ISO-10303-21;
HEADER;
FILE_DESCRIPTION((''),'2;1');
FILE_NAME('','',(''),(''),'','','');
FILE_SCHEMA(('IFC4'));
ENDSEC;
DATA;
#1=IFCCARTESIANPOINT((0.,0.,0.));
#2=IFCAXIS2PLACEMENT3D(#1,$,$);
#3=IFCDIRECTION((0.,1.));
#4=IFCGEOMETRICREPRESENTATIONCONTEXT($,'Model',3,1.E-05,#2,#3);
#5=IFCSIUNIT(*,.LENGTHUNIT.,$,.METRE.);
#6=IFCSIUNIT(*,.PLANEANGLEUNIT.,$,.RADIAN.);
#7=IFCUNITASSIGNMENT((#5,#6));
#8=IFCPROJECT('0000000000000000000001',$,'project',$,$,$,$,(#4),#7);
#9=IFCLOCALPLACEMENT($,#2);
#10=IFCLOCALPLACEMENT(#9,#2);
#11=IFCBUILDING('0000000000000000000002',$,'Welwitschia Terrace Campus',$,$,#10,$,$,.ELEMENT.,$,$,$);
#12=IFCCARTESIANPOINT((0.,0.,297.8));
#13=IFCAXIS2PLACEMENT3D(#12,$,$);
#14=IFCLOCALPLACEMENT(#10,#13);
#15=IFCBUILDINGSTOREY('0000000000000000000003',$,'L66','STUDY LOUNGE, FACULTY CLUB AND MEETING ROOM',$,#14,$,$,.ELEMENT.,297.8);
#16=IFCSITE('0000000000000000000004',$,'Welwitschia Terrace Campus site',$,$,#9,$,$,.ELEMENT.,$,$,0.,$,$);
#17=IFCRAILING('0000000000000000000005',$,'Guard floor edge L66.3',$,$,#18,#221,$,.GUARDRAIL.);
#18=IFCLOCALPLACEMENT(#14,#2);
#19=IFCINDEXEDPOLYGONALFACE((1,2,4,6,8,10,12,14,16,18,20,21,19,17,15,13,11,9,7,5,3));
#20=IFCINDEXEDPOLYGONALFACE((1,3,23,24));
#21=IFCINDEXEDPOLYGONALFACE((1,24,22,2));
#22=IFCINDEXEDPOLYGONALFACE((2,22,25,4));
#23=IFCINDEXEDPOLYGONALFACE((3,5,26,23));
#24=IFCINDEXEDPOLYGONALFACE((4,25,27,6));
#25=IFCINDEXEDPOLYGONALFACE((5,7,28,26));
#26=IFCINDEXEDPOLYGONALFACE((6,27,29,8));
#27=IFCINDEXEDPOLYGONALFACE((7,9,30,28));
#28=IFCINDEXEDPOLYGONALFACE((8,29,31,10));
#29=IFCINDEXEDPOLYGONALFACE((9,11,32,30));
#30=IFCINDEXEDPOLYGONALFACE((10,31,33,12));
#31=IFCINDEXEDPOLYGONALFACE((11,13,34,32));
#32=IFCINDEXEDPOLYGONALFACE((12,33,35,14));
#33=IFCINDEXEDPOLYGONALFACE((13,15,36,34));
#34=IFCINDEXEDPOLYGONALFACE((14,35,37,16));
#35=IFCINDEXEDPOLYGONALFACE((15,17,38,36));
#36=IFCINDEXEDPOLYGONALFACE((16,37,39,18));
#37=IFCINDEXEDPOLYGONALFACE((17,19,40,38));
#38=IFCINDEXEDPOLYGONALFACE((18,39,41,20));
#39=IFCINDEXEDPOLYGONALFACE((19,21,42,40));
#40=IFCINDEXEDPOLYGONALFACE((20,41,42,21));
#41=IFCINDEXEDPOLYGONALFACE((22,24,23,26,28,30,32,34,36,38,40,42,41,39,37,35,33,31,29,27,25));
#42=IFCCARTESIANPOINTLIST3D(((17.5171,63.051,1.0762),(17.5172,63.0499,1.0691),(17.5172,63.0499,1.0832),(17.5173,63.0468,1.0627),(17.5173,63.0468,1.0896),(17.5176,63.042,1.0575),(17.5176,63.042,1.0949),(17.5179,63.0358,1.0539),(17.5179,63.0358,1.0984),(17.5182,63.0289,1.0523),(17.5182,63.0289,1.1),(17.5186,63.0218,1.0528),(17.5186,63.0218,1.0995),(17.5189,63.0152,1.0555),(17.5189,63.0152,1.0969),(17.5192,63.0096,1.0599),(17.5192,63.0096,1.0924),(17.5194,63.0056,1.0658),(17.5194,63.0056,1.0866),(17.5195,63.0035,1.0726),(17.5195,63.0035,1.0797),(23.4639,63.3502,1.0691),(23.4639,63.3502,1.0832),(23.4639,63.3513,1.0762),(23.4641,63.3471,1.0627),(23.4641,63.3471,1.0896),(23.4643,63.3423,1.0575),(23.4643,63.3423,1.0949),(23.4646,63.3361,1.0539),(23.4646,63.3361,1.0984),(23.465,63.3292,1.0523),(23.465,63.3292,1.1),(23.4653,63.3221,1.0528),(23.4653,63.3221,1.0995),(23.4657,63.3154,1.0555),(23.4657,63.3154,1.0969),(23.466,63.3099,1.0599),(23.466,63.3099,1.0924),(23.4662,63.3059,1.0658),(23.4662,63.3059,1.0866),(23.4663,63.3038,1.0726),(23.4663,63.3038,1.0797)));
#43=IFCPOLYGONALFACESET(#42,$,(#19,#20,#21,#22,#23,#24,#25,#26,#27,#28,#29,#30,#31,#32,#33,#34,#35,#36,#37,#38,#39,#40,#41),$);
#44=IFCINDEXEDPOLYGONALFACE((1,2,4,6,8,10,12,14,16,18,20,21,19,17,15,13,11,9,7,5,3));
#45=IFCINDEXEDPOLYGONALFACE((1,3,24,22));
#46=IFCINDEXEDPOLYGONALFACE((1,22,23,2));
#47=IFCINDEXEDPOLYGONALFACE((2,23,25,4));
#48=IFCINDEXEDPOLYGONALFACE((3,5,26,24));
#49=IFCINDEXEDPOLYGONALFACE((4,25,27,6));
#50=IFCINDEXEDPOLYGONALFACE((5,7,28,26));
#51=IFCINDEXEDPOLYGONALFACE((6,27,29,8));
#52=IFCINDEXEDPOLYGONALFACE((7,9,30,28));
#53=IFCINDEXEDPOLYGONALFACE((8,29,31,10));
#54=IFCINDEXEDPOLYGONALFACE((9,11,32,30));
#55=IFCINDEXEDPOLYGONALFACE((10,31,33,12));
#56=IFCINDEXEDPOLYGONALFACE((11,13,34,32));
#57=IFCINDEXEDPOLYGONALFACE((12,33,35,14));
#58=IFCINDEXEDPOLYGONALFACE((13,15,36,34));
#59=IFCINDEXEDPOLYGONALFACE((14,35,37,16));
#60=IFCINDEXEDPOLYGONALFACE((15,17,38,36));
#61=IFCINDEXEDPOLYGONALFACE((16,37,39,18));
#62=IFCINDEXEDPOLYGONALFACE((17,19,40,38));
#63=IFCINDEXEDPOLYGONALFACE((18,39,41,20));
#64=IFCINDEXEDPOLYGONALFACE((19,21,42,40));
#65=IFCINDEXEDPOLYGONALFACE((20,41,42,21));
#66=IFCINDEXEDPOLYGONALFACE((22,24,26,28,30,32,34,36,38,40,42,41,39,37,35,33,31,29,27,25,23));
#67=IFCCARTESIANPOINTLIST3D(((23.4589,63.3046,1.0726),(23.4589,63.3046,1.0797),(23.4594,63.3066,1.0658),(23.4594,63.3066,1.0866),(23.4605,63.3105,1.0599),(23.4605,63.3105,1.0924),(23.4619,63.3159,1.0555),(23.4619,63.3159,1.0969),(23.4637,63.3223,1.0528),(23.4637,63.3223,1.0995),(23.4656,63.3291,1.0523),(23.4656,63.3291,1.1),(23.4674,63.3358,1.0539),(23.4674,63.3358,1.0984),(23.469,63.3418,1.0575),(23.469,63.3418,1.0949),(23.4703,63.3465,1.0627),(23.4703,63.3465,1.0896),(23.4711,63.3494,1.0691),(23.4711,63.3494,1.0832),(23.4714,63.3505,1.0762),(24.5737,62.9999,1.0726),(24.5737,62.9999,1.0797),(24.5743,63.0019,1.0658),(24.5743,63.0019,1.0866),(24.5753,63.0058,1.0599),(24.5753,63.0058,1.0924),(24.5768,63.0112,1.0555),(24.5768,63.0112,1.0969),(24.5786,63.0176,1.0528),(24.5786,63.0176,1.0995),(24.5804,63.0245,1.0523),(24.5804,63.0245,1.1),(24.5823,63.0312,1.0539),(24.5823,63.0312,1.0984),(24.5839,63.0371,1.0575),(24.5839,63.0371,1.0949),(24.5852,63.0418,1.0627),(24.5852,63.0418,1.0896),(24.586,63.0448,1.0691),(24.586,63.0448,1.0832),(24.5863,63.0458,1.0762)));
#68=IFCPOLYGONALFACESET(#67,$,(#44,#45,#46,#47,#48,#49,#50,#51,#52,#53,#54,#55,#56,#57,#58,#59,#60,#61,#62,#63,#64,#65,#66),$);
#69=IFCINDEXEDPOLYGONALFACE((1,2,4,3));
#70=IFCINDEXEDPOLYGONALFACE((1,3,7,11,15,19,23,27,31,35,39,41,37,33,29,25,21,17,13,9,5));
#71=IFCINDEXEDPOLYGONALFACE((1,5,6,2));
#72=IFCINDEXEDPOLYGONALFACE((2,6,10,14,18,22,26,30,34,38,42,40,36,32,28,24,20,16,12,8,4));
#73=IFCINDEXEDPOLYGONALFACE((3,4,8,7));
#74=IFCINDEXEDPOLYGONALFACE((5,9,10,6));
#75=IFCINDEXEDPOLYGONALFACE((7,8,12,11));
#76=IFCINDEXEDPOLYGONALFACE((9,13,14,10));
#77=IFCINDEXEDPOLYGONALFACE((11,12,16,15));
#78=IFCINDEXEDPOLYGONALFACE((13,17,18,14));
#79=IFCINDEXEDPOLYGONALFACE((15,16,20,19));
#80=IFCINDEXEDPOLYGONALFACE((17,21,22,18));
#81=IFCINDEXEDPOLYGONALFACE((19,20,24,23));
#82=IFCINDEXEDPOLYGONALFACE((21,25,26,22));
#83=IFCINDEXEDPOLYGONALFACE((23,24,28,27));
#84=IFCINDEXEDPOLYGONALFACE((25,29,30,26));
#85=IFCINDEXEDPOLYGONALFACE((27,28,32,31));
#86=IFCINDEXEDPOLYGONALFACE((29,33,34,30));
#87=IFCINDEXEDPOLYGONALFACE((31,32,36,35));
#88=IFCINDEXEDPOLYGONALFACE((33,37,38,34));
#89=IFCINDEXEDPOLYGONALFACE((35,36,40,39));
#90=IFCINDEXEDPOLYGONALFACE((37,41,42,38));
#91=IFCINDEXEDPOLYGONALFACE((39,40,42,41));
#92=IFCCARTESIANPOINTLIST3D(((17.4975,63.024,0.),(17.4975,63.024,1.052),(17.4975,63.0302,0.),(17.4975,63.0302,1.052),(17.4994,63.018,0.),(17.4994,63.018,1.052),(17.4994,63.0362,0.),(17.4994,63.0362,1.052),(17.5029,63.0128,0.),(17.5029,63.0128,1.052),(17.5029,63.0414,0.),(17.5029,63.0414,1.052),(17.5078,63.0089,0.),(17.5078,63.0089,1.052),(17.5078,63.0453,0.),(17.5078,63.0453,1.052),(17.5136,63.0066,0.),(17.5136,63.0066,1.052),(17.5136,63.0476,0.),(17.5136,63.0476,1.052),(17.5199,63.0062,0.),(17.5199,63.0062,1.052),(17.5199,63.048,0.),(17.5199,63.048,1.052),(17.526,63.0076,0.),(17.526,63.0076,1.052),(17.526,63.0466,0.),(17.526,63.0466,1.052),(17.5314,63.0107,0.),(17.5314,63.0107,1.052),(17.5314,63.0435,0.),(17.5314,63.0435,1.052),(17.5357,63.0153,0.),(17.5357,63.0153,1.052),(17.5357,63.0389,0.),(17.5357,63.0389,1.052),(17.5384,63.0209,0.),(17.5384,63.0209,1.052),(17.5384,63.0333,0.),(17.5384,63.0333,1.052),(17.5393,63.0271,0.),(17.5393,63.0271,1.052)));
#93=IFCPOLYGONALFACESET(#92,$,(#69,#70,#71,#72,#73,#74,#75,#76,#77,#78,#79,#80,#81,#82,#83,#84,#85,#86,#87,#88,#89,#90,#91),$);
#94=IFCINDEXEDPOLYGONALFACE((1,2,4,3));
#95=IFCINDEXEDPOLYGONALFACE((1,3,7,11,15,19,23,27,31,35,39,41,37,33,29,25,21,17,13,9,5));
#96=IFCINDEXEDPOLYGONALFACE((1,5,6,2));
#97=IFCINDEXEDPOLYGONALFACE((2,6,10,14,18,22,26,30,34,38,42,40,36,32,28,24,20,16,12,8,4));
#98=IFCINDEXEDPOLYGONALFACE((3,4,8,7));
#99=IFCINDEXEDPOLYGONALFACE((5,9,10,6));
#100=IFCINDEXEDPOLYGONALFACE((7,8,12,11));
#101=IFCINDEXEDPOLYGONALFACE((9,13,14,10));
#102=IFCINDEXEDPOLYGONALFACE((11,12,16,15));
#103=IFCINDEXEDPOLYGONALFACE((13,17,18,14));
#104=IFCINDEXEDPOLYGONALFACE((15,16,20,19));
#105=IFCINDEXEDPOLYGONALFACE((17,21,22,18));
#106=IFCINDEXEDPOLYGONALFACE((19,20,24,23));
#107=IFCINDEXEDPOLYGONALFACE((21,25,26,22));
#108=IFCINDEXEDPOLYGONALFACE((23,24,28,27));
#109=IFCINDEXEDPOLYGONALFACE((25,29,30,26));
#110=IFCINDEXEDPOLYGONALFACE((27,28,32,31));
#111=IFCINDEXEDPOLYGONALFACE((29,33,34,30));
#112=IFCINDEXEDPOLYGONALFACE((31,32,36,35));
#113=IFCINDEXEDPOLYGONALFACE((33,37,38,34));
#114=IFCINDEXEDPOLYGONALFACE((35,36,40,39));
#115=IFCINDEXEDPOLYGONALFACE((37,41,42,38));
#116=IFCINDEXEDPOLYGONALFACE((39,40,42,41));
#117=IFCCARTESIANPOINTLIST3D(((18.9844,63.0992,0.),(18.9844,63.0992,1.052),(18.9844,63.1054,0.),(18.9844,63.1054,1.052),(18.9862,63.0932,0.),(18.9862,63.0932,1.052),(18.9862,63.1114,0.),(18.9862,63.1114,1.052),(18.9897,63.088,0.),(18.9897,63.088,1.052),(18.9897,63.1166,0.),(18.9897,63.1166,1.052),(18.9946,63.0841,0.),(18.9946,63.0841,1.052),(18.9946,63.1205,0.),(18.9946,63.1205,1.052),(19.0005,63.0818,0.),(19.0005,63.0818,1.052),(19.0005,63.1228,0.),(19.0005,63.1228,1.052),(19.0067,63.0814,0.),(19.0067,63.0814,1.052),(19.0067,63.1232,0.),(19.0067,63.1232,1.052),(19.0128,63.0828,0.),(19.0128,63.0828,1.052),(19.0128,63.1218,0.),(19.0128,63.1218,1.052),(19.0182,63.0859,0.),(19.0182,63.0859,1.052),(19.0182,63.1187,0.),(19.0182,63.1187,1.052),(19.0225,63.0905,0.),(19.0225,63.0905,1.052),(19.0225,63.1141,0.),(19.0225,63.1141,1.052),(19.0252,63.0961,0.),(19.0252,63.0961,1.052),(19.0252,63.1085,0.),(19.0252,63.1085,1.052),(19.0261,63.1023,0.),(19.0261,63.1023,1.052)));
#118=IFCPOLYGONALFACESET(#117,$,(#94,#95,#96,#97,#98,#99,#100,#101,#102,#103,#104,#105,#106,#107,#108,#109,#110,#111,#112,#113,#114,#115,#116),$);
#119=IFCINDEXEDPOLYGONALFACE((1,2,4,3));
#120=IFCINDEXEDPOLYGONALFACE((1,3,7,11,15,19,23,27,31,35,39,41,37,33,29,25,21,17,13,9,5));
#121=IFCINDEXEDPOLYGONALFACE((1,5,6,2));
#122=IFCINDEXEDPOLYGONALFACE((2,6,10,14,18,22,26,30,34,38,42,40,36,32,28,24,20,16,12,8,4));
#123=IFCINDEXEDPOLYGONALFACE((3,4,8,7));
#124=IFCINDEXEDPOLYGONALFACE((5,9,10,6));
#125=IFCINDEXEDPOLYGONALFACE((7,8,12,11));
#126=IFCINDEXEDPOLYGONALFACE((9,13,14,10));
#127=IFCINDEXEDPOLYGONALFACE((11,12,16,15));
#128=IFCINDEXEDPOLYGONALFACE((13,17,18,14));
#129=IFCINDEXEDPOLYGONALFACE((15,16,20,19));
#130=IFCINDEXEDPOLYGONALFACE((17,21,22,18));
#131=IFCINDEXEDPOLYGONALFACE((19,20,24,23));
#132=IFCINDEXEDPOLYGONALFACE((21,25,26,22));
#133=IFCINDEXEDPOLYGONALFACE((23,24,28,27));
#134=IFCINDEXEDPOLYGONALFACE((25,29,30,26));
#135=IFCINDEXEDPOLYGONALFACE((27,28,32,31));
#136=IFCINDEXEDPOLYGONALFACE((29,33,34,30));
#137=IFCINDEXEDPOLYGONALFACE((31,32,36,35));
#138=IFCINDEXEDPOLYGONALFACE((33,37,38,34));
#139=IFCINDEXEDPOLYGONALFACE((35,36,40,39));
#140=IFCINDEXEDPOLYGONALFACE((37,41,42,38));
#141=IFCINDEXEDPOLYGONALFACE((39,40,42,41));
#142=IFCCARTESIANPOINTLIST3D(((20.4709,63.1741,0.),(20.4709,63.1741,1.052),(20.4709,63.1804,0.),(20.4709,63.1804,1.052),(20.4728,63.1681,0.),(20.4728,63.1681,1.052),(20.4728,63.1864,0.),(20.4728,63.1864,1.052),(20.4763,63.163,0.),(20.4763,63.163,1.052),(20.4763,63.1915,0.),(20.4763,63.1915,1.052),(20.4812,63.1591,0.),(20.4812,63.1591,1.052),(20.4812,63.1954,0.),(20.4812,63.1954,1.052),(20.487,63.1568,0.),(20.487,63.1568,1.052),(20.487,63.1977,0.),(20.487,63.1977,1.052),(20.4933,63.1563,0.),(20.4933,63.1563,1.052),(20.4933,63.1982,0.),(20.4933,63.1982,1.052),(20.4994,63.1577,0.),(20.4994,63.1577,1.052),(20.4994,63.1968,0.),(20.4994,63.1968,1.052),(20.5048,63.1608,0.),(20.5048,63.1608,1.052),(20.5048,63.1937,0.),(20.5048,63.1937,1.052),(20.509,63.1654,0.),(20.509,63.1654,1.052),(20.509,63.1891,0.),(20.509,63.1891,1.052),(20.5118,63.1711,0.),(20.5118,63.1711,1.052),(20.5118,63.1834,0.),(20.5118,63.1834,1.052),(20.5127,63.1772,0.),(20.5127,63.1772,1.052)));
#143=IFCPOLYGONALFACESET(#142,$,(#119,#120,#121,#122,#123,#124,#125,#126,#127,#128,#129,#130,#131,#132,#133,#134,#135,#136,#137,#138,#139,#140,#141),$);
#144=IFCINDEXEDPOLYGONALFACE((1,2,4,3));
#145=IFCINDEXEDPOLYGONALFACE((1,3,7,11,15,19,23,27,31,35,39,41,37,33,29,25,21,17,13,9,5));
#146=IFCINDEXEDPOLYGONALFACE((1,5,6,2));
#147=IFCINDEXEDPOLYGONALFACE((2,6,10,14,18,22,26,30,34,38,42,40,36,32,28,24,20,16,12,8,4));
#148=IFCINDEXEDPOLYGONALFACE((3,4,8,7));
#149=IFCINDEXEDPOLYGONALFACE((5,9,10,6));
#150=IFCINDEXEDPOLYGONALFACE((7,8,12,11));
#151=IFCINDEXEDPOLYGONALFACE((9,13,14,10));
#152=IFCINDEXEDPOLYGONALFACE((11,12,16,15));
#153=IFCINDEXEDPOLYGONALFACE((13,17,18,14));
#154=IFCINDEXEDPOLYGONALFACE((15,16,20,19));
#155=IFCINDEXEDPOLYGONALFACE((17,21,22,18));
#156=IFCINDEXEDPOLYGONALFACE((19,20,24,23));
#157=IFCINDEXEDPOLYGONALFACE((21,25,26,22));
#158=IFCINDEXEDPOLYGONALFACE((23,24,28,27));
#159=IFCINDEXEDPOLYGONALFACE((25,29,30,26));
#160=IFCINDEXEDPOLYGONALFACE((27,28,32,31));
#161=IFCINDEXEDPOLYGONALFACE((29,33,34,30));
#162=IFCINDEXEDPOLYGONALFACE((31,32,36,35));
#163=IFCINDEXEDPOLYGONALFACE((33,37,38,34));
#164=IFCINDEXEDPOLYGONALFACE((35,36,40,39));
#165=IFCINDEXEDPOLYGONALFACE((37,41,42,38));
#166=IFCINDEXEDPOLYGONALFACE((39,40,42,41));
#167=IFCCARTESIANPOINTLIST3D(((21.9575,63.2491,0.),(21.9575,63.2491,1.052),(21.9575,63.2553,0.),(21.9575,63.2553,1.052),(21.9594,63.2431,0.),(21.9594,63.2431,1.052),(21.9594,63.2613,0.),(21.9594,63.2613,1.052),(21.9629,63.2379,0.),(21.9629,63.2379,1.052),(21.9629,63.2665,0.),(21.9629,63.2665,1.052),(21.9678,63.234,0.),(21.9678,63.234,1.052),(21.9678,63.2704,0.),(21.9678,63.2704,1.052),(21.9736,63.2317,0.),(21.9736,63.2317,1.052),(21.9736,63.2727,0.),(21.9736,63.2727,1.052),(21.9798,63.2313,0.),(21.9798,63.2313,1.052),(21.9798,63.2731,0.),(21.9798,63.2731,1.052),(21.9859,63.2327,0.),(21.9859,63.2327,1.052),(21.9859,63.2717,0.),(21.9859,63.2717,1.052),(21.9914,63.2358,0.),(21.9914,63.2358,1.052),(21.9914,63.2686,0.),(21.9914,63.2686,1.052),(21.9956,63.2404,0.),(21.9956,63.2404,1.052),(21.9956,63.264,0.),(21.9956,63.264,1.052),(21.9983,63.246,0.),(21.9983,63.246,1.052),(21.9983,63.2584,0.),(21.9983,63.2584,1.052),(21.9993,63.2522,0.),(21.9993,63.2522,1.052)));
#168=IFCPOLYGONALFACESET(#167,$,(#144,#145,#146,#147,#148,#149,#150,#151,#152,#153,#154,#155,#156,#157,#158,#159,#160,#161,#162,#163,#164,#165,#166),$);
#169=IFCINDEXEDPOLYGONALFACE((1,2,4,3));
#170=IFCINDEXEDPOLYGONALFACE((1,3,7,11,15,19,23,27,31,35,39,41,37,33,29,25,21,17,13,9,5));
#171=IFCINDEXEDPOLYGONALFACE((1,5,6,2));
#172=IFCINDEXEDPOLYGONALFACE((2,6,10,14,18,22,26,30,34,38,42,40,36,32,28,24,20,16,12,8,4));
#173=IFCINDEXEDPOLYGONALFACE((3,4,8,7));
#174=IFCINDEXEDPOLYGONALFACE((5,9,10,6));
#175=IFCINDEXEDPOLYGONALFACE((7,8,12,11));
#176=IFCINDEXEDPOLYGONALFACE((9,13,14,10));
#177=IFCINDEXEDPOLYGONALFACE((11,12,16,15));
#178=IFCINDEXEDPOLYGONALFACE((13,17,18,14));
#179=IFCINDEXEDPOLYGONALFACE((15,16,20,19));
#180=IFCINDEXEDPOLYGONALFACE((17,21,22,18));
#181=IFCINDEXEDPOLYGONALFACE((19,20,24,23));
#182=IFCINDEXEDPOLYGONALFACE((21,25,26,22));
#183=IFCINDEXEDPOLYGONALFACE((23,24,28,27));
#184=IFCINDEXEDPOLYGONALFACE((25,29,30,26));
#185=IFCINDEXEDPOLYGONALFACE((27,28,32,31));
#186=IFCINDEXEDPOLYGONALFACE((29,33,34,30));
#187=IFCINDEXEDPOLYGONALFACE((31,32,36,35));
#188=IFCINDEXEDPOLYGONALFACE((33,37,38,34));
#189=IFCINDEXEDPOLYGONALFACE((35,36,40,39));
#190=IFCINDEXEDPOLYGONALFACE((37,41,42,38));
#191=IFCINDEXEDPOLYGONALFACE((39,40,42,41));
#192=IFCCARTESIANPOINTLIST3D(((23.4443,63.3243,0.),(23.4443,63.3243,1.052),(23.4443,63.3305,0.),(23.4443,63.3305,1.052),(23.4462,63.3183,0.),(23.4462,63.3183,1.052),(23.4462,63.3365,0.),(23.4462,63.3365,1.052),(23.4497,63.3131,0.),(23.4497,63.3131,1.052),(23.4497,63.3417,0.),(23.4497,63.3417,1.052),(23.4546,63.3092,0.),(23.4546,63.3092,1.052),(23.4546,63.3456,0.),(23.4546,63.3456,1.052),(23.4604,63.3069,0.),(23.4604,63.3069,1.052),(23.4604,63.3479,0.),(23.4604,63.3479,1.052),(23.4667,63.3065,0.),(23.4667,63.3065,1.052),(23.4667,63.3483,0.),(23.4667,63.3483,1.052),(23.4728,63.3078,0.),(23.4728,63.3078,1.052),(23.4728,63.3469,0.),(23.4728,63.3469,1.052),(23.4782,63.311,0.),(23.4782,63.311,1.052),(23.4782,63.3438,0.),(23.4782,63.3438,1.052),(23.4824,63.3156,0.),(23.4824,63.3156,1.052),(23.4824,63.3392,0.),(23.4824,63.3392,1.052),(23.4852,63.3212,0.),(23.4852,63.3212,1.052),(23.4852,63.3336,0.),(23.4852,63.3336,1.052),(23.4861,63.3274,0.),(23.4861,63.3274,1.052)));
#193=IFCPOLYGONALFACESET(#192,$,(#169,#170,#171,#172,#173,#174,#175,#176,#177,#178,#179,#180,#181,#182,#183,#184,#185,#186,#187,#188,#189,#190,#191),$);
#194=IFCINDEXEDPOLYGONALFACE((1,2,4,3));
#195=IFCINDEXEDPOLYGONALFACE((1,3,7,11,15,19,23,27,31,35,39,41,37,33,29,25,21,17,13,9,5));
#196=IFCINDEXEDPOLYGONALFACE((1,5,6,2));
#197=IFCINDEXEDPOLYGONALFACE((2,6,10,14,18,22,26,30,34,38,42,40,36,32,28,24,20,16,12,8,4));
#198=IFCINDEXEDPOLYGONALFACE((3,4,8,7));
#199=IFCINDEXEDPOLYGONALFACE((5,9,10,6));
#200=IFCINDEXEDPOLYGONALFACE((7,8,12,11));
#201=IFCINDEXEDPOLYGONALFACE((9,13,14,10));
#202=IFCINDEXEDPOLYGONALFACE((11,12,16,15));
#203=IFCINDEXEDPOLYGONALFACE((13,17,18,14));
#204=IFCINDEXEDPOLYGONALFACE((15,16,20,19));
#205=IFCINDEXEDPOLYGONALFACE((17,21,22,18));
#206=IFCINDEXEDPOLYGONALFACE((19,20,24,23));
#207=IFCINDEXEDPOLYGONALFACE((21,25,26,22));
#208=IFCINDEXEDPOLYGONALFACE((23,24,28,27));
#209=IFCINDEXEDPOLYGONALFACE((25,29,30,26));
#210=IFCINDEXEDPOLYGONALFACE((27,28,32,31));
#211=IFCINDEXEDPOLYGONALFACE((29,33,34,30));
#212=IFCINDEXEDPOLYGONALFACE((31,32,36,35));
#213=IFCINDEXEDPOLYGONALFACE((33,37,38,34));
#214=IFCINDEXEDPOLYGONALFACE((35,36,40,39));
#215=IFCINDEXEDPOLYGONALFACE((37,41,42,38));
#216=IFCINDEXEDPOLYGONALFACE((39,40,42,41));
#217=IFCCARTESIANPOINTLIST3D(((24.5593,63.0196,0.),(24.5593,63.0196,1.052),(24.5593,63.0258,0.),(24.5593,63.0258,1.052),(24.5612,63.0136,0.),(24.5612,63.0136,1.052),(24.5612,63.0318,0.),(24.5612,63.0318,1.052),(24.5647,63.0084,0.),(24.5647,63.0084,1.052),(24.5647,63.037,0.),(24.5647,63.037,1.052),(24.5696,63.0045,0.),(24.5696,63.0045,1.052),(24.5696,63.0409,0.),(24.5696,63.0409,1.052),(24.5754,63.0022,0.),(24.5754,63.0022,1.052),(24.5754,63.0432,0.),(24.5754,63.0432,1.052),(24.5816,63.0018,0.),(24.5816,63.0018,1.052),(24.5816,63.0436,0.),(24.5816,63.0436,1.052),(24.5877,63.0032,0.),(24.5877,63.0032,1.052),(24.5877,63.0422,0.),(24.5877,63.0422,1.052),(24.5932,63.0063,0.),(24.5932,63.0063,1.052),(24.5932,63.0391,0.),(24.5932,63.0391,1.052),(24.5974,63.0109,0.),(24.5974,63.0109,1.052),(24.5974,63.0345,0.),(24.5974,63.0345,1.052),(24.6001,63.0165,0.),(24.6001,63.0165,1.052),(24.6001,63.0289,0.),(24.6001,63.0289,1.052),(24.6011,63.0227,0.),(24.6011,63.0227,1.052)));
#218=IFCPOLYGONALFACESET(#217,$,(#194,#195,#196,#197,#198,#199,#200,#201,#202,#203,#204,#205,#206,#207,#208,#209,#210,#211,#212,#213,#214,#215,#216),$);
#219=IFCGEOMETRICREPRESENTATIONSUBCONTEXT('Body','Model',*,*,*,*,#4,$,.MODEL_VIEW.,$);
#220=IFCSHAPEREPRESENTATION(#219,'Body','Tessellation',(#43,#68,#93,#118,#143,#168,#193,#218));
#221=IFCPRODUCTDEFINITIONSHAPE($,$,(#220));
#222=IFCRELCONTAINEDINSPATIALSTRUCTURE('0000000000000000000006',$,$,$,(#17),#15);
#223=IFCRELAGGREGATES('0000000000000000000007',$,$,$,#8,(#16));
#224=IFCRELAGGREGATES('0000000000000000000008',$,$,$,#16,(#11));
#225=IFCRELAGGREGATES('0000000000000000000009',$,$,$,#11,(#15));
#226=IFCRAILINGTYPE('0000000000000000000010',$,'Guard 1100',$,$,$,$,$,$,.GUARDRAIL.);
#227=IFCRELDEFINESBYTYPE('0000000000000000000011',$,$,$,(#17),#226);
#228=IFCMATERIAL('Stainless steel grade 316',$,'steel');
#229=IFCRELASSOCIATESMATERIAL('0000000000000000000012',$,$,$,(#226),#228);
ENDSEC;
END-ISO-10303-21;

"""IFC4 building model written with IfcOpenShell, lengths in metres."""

from ifc_helpers import new_model, si_unit, direction, frame, origin, origin_2d, place, context, subcontext, project, spatial, circle, extrude, material, type_object, element, save


model = new_model("IFC4")

# Units and contexts
model_context = context("Model", 3, precision=1e-05, world=origin(), true_north=direction((0.0, 1.0)))
body_context = subcontext(model_context, "Body", "Model", "MODEL_VIEW")
ifc_project = project(units=[si_unit("LENGTHUNIT", "METRE"), si_unit("PLANEANGLEUNIT", "RADIAN")], contexts=[model_context])

# Site, building, storey
site_placement = place(None, origin())
site = spatial("IfcSite", under=ifc_project, at=site_placement, Name="Welwitschia Terrace Campus site", CompositionType="ELEMENT", RefElevation=0.0)
building_placement = place(site_placement, origin())
building = spatial("IfcBuilding", under=site, at=building_placement, Name="Welwitschia Terrace Campus", CompositionType="ELEMENT")
storey_placement = place(building_placement, frame((0.0, 0.0, 297.8)))
storey = spatial("IfcBuildingStorey", under=building, at=storey_placement, Name="L66", Description="STUDY LOUNGE, FACULTY CLUB AND MEETING ROOM", CompositionType="ELEMENT", Elevation=297.8)

# Railing
ifc_material_1 = material(Name="Stainless steel grade 316", Category="steel")
railing_type = type_object("IfcRailingType", Name="Guard 1100", PredefinedType="GUARDRAIL", material=ifc_material_1)
railing_placement = place(storey_placement, frame((17.5183, 63.0271, 0.0)))
element("IfcRailing", 1, at=railing_placement, inside=storey, type_object=railing_type, Name="Guard floor edge L66.3", PredefinedType="GUARDRAIL", context=body_context, shape_type="SweptSolid", body=[
    extrude(circle(Radius=0.0239, at=origin_2d()), frame((0.0, 0.0, 1.0762), z_axis=(0.998727, 0.050432, 0.0), x_axis=(-0.050432, 0.998727, 0.0)), (0.0, 0.0, 1.0), 5.9543),
    extrude(circle(Radius=0.0239, at=origin_2d()), frame((5.9468, 0.3003, 1.0762), z_axis=(0.964632, -0.2636, 0.0), x_axis=(0.2636, 0.964632, 0.0)), (0.0, 0.0, 1.0), 1.1558),
    extrude(circle(Radius=0.021, at=origin_2d()), origin(), (0.0, 0.0, 1.0), 1.052),
    extrude(circle(Radius=0.021, at=origin_2d()), frame((1.4868, 0.0752, 0.0)), (0.0, 0.0, 1.0), 1.052),
    extrude(circle(Radius=0.021, at=origin_2d()), frame((2.9734, 0.1501, 0.0)), (0.0, 0.0, 1.0), 1.052),
    extrude(circle(Radius=0.021, at=origin_2d()), frame((4.46, 0.2251, 0.0)), (0.0, 0.0, 1.0), 1.052),
    extrude(circle(Radius=0.021, at=origin_2d()), frame((5.9468, 0.3003, 0.0)), (0.0, 0.0, 1.0), 1.052),
    extrude(circle(Radius=0.021, at=origin_2d()), frame((7.0618, -0.0044, 0.0)), (0.0, 0.0, 1.0), 1.052),
])

save(model, "model.ifc")
